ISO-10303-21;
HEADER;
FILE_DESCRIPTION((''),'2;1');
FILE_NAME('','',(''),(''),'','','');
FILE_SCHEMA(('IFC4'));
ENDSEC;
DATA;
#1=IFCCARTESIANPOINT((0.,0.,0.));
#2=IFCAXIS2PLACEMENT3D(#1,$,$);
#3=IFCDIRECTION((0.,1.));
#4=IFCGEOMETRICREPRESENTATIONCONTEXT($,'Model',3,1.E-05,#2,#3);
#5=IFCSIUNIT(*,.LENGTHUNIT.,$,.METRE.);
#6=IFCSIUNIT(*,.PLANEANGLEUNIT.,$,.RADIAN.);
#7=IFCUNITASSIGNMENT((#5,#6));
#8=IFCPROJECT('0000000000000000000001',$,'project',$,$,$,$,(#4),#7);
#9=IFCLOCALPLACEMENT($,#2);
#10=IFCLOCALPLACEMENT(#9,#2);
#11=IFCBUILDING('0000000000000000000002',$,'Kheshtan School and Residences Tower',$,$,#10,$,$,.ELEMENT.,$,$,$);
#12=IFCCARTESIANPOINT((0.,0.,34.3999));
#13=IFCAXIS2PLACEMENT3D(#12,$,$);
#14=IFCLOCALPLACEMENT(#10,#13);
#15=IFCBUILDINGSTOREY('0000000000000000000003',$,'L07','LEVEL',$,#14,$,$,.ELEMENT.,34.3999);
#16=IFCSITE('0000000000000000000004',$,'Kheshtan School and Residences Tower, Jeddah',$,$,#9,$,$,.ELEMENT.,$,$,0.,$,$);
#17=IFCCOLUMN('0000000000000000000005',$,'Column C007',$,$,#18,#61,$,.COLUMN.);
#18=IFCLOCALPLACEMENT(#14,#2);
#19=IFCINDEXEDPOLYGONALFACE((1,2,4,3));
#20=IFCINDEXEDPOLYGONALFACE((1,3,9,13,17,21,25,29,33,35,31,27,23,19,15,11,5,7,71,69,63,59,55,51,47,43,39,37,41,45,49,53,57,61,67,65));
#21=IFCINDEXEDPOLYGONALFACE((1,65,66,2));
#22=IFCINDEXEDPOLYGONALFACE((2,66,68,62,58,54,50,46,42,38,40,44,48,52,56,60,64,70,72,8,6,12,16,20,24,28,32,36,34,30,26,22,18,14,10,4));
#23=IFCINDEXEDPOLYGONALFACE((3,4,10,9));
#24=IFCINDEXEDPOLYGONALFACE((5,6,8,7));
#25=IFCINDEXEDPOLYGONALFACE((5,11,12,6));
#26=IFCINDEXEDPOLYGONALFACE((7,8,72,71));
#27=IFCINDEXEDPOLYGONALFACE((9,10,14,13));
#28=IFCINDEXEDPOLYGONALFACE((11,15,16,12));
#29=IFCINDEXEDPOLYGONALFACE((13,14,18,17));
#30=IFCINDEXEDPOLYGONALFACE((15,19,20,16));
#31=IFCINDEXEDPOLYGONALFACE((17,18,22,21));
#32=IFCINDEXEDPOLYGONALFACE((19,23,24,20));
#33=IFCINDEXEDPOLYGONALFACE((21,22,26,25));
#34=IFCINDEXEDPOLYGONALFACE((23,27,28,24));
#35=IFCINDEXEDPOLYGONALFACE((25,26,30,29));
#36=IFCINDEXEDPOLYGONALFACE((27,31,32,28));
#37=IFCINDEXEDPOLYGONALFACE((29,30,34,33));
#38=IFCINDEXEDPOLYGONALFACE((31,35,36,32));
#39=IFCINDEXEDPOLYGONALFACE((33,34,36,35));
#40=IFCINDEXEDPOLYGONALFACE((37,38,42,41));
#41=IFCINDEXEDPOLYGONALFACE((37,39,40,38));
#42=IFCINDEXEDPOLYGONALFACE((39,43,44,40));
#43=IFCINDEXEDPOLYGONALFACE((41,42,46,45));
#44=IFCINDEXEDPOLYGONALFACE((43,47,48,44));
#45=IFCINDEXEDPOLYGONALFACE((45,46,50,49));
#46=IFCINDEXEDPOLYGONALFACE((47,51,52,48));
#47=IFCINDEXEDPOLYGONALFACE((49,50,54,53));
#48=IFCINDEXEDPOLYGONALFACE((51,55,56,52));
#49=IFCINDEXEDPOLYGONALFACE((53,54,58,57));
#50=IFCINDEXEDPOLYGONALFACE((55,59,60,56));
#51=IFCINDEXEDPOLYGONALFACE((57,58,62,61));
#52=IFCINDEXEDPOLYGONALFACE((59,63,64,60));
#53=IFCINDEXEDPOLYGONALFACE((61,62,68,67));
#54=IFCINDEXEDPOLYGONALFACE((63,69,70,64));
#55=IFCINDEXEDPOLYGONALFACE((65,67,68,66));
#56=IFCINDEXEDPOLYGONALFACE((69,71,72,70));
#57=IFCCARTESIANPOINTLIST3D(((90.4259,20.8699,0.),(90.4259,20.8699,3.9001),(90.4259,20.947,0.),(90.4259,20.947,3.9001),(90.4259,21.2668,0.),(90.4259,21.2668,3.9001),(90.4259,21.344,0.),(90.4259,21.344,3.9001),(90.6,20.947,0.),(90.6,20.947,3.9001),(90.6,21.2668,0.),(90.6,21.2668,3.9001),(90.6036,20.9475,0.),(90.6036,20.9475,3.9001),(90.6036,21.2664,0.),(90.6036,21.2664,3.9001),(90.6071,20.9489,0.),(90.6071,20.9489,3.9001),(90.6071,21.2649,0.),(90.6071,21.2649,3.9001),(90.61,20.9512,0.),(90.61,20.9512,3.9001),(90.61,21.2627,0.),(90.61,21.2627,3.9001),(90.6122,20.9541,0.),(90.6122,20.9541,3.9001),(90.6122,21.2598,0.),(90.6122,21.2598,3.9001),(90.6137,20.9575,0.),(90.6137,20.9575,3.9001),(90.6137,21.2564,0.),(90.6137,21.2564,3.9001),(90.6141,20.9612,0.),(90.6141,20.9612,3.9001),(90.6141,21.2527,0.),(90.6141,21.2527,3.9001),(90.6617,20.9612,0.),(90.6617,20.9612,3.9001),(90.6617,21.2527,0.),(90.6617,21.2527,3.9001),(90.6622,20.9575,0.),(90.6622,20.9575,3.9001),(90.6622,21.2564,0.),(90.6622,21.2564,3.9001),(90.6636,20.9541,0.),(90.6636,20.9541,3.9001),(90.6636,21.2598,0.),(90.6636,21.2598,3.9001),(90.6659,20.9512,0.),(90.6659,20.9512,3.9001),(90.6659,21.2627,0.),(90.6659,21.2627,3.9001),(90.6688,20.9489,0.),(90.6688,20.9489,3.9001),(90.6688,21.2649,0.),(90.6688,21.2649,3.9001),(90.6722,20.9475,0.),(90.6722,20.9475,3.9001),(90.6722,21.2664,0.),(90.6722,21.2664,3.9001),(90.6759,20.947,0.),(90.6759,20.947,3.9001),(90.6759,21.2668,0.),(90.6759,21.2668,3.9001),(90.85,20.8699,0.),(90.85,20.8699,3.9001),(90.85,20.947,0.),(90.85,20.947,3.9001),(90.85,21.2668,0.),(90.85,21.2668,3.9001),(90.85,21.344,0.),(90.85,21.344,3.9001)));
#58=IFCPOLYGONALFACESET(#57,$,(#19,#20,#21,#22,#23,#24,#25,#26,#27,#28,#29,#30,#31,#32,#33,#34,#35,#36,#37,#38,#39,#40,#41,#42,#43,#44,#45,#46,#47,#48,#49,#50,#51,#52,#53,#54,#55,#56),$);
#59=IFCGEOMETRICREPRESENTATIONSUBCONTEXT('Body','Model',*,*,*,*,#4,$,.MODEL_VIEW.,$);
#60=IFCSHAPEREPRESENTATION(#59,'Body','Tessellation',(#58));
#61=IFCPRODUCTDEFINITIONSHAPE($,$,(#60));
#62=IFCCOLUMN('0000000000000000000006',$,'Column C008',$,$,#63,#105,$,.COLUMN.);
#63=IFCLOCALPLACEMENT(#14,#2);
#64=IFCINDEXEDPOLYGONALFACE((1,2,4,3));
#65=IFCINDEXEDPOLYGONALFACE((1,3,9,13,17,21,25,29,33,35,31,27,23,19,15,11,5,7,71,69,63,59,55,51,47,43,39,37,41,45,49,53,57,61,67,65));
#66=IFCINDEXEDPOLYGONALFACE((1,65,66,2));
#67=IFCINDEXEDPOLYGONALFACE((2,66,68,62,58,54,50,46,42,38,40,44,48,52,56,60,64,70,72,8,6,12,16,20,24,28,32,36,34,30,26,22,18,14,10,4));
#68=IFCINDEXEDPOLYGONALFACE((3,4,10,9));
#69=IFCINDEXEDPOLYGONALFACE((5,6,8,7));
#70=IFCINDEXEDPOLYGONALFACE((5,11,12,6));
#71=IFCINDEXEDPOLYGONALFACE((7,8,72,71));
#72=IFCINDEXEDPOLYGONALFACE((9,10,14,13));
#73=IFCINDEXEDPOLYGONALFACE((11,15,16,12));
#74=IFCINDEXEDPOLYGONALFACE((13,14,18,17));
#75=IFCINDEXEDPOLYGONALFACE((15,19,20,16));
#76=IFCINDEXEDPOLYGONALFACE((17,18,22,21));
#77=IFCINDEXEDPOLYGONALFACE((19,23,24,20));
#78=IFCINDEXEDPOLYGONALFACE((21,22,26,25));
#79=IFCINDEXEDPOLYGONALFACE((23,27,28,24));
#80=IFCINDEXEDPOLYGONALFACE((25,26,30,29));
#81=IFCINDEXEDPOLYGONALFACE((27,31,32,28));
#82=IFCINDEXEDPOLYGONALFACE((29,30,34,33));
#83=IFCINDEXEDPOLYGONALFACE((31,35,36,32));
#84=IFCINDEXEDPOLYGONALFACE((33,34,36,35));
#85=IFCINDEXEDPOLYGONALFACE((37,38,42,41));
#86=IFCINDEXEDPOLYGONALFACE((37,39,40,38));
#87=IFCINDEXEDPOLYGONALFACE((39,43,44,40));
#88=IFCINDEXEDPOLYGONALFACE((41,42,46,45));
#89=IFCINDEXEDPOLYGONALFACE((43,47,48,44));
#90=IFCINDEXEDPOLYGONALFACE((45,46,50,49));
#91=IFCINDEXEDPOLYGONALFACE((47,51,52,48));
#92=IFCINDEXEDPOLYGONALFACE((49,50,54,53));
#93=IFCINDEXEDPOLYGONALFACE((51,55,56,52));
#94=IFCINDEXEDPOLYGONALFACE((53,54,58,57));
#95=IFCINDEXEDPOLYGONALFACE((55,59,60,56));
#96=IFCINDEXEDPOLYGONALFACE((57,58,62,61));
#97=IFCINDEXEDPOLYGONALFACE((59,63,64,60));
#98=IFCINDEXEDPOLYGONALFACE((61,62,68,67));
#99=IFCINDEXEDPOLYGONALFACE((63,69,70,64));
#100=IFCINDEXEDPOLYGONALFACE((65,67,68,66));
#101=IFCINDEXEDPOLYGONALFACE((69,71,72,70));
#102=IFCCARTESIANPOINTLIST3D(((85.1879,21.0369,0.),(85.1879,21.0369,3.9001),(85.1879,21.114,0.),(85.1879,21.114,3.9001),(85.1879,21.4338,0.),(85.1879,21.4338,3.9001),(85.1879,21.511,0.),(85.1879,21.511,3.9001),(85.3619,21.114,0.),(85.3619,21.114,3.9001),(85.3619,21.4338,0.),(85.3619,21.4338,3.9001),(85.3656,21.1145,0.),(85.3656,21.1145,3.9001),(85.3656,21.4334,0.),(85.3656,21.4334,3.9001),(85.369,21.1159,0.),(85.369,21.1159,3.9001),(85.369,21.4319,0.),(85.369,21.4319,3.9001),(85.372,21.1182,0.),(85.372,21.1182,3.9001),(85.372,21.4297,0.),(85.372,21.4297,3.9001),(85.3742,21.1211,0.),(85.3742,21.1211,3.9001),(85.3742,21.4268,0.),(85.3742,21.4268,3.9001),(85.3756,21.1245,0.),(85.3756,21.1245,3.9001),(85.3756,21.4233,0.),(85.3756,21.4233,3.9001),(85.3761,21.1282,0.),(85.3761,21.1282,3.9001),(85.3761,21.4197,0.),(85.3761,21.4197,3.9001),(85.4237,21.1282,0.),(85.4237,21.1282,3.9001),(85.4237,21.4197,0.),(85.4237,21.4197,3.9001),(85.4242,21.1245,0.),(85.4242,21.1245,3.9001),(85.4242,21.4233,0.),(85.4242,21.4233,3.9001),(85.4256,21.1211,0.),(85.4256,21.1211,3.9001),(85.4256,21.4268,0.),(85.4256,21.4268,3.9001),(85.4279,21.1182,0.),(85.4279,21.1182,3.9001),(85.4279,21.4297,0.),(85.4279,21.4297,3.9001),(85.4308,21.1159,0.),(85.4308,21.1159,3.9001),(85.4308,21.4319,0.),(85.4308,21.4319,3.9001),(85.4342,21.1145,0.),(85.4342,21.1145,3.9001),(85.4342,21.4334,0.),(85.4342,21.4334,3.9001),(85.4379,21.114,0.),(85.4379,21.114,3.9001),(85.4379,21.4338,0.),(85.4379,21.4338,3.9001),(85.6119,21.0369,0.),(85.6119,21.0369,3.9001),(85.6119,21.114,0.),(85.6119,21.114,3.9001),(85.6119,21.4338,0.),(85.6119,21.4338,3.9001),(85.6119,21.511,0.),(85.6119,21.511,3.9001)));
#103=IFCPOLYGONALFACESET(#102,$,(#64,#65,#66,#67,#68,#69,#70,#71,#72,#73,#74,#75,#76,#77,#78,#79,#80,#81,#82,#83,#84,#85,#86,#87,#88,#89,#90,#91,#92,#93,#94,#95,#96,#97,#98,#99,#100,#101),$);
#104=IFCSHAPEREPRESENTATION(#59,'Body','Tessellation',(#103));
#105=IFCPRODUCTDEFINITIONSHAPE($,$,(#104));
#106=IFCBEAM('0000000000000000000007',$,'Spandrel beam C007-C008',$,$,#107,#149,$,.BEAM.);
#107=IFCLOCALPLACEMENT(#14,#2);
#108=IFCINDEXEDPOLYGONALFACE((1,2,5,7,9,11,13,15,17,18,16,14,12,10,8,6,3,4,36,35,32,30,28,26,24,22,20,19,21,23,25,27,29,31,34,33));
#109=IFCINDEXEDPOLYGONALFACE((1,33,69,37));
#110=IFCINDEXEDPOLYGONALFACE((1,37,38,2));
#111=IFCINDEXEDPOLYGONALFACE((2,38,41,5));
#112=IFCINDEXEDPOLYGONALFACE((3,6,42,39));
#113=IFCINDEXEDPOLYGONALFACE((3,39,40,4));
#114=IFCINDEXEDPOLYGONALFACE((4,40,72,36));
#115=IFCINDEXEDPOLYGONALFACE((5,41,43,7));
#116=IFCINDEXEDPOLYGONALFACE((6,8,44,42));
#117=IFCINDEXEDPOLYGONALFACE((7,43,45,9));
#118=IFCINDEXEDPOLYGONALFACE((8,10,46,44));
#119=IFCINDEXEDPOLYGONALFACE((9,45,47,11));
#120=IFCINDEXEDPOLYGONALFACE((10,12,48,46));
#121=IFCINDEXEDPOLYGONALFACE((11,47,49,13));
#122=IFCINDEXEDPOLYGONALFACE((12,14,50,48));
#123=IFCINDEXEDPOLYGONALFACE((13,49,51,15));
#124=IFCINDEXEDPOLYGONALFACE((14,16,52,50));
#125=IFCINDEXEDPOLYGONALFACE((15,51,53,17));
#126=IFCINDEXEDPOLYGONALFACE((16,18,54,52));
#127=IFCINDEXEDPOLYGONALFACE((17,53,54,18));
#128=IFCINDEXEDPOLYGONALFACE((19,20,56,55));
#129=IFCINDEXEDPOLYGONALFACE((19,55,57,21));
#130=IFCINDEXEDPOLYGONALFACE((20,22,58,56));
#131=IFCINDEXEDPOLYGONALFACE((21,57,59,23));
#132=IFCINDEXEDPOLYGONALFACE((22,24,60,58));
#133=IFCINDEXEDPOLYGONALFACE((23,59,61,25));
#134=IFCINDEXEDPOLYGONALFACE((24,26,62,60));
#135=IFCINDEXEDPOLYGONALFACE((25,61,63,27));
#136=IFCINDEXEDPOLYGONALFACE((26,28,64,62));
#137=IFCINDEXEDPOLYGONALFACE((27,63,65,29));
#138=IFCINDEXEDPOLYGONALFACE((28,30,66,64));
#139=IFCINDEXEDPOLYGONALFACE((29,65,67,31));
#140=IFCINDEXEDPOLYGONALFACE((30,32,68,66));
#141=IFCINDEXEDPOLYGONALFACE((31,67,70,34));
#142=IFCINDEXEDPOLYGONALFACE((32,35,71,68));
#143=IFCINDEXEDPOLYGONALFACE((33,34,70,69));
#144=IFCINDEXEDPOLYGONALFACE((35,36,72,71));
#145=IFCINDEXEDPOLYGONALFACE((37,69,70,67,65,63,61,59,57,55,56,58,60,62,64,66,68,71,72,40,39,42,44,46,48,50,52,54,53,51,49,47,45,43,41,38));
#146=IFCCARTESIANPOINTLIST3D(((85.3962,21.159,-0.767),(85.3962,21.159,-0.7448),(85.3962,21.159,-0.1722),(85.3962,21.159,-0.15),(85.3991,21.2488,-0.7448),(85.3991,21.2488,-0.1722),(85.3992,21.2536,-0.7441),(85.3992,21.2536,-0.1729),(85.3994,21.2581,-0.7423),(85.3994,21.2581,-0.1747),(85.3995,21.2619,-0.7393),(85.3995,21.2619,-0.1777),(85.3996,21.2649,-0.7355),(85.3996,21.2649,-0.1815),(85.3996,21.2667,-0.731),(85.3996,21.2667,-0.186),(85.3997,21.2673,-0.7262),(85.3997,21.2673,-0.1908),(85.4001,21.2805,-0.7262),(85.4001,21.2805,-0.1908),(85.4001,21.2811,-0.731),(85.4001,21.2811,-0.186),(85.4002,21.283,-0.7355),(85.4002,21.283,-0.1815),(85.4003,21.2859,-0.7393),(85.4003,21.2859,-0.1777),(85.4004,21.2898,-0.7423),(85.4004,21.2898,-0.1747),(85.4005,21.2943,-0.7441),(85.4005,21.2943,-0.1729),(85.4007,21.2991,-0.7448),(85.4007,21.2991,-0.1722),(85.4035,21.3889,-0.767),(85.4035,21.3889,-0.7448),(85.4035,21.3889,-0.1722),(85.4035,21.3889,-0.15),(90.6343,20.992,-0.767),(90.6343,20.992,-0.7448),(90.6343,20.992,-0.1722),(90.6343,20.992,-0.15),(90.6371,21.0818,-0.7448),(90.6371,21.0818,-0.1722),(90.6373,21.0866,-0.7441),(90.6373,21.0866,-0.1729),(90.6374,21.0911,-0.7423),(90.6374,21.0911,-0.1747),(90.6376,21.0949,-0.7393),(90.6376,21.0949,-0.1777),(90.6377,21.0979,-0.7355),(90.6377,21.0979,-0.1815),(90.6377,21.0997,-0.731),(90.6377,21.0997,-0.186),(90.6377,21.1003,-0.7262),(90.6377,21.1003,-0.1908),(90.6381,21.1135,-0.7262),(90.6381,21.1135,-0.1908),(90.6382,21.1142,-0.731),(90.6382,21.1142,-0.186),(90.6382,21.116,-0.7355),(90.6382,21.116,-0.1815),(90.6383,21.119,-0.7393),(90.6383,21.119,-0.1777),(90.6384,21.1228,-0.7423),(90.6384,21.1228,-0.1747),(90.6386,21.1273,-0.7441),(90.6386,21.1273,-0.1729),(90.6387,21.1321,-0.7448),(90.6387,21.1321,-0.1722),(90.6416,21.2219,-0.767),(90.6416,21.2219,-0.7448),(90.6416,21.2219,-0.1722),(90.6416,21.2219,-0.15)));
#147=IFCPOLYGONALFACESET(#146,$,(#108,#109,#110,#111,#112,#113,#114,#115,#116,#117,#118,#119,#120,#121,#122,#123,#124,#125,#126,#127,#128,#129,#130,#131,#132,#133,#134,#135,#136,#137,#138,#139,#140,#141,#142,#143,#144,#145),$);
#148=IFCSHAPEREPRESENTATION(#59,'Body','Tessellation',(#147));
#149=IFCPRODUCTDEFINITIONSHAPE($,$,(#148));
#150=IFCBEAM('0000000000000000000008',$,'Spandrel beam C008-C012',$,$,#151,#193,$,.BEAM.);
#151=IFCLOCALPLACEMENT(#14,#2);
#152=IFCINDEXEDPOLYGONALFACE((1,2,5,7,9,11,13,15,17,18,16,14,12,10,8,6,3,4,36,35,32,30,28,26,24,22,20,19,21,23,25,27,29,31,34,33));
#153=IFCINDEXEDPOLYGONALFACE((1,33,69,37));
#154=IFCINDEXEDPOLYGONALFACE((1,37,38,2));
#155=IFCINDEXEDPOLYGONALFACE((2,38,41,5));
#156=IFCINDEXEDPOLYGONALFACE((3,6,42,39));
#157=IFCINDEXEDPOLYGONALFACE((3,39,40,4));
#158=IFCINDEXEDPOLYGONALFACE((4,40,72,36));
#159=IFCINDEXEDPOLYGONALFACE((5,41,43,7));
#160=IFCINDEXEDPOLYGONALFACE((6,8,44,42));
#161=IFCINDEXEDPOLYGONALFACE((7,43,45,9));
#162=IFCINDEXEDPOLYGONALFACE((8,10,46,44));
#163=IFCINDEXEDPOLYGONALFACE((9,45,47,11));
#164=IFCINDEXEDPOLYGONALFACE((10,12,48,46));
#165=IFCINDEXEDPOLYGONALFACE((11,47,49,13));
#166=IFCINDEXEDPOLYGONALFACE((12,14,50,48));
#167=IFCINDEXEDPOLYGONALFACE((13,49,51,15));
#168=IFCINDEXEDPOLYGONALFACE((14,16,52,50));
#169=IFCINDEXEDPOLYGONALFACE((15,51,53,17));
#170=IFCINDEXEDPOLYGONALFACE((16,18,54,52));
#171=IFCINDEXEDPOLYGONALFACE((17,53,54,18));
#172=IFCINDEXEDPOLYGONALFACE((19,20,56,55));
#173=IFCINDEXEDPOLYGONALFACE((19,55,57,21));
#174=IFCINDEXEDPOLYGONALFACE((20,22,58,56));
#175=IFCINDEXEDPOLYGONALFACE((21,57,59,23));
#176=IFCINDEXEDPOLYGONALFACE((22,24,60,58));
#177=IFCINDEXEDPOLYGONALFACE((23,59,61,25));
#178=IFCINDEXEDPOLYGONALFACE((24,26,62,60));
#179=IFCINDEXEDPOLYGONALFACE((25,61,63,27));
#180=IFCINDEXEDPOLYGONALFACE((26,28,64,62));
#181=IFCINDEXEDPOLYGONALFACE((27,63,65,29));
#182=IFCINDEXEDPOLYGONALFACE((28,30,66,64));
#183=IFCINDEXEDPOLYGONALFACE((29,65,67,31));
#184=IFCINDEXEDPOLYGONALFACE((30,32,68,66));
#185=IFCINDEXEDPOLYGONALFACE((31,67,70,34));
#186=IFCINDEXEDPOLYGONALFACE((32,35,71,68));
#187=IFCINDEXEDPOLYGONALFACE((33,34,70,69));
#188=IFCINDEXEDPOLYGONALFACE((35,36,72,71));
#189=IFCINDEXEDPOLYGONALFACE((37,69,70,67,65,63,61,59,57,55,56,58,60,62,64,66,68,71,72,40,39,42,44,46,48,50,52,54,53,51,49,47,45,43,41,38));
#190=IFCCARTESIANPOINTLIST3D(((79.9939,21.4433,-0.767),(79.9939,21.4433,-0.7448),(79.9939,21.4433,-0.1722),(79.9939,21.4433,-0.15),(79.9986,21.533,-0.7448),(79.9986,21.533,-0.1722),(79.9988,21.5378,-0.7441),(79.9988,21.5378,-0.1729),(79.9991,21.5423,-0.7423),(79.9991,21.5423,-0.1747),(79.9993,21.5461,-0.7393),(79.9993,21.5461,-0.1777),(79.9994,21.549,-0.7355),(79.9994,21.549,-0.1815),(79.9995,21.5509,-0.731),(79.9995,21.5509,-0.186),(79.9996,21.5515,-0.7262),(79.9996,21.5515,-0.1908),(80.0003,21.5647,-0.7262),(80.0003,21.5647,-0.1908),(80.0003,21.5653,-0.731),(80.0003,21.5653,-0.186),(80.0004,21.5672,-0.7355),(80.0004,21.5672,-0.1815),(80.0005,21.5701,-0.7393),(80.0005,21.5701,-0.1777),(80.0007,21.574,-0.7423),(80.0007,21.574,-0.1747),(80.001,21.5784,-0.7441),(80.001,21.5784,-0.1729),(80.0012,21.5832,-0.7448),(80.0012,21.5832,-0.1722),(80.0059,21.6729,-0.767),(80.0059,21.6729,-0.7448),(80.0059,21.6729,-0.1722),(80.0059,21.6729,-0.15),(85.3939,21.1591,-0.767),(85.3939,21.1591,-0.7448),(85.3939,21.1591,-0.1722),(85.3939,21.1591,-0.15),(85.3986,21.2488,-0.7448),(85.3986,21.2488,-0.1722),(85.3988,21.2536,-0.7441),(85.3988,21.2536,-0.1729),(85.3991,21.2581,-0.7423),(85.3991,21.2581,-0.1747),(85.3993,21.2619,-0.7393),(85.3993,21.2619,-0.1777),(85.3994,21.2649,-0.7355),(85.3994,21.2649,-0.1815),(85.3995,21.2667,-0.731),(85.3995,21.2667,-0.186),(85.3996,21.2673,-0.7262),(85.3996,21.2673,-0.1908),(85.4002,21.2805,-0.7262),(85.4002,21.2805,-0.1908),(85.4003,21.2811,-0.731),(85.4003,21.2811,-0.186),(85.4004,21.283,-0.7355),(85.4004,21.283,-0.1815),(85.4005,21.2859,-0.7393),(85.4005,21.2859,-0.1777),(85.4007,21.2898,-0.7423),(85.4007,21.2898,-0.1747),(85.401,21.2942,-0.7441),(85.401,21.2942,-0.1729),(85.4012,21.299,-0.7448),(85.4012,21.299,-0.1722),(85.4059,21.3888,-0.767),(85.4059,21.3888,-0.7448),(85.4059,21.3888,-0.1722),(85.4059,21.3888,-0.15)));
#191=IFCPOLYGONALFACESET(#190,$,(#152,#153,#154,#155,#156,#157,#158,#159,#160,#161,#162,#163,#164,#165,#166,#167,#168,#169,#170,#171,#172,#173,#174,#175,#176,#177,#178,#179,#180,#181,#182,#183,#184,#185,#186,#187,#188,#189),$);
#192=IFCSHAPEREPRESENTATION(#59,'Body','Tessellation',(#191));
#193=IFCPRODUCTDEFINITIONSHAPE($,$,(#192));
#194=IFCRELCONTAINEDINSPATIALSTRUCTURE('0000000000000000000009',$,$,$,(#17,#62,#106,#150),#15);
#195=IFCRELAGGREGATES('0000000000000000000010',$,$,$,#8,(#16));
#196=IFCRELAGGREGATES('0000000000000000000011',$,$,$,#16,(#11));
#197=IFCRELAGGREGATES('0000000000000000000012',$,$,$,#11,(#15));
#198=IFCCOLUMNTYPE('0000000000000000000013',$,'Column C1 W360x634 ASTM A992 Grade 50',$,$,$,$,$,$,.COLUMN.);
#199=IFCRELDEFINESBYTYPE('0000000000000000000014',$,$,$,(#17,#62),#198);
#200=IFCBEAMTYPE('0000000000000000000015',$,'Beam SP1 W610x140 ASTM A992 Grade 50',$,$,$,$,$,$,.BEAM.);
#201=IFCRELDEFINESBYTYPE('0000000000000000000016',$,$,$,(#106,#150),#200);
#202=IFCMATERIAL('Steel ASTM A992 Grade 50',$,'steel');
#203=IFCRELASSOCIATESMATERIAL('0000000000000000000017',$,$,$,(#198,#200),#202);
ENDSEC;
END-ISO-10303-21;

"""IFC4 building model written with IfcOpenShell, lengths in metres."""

from ifc_helpers import new_model, si_unit, direction, frame, origin, origin_2d, place, context, subcontext, project, spatial, i_section, extrude, material, material_profile, profile_set, type_object, element, save


model = new_model("IFC4")

# Units and contexts
model_context = context("Model", 3, precision=1e-05, world=origin(), true_north=direction((0.0, 1.0)))
body_context = subcontext(model_context, "Body", "Model", "MODEL_VIEW")
ifc_project = project(units=[si_unit("LENGTHUNIT", "METRE"), si_unit("PLANEANGLEUNIT", "RADIAN")], contexts=[model_context])

# Site, building, storey
site_placement = place(None, origin())
site = spatial("IfcSite", under=ifc_project, at=site_placement, Name="Kheshtan School and Residences Tower, Jeddah", CompositionType="ELEMENT", RefElevation=0.0)
building_placement = place(site_placement, origin())
building = spatial("IfcBuilding", under=site, at=building_placement, Name="Kheshtan School and Residences Tower", CompositionType="ELEMENT")
storey_placement = place(building_placement, frame((0.0, 0.0, 34.3999)))
storey = spatial("IfcBuildingStorey", under=building, at=storey_placement, Name="L07", Description="LEVEL", CompositionType="ELEMENT", Elevation=34.3999)

# Columns
ifc_material_1 = material(Name="Steel ASTM A992 Grade 50", Category="steel")
ifc_material_profile_1 = material_profile(ifc_material_1, i_section(OverallWidth=0.4241, OverallDepth=0.4741, WebThickness=0.0476, FlangeThickness=0.0771, FilletRadius=0.0142, at=origin_2d()), Name="W360x634")
ifc_profile_set_1 = profile_set([ifc_material_profile_1], Name="Steel ASTM A992 Grade 50")
column_type = type_object("IfcColumnType", Name="Column C1 W360x634 ASTM A992 Grade 50", PredefinedType="COLUMN", material=ifc_profile_set_1)
for number, where, z_axis, x_axis, name in (
    (1, (90.6379, 21.1069, 0.0), (0.0, 0.0, 1.0), (1.0, 0.0, 0.0), "Column C007"),
    (2, (85.3999, 21.2739, 0.0), (0.0, 0.0, 1.0), (1.0, 0.0, 0.0), "Column C008"),
):
    element("IfcColumn", number, at=place(storey_placement, frame(where, z_axis=z_axis, x_axis=x_axis)), inside=storey, type_object=column_type, Name=name, PredefinedType="COLUMN", context=body_context, shape_type="SweptSolid", body=[
        extrude(i_section(OverallWidth=0.4241, OverallDepth=0.4741, WebThickness=0.0476, FlangeThickness=0.0771, FilletRadius=0.0142, at=origin_2d()), origin(), (0.0, 0.0, 1.0), 3.9001),
    ])

# Beams
ifc_material_profile_2 = material_profile(ifc_material_1, i_section(OverallWidth=0.23, OverallDepth=0.6169, WebThickness=0.0132, FlangeThickness=0.0222, FilletRadius=0.0186, at=origin_2d()), Name="W610x140")
ifc_profile_set_2 = profile_set([ifc_material_profile_2], Name="Steel ASTM A992 Grade 50")
beam_type = type_object("IfcBeamType", Name="Beam SP1 W610x140 ASTM A992 Grade 50", PredefinedType="BEAM", material=ifc_profile_set_2)
beam_1_placement = place(storey_placement, frame((90.6379, 21.1069, -0.4585), z_axis=(-0.999492, 0.031864, 0.0), x_axis=(-0.031864, -0.999492, 0.0)))
element("IfcBeam", 3, at=beam_1_placement, inside=storey, type_object=beam_type, Name="Spandrel beam C007-C008", PredefinedType="BEAM", context=body_context, shape_type="SweptSolid", body=[
    extrude(i_section(OverallWidth=0.23, OverallDepth=0.6169, WebThickness=0.0132, FlangeThickness=0.0222, FilletRadius=0.0186, at=origin_2d()), origin(), (0.0, 0.0, 1.0), 5.2407),
])
beam_2_placement = place(storey_placement, frame((85.3999, 21.2739, -0.4585), z_axis=(-0.998618, 0.052554, 0.0), x_axis=(-0.052554, -0.998618, 0.0)))
element("IfcBeam", 4, at=beam_2_placement, inside=storey, type_object=beam_type, Name="Spandrel beam C008-C012", PredefinedType="BEAM", context=body_context, shape_type="SweptSolid", body=[
    extrude(i_section(OverallWidth=0.23, OverallDepth=0.6169, WebThickness=0.0132, FlangeThickness=0.0222, FilletRadius=0.0186, at=origin_2d()), origin(), (0.0, 0.0, 1.0), 5.4075),
])

save(model, "model.ifc")
